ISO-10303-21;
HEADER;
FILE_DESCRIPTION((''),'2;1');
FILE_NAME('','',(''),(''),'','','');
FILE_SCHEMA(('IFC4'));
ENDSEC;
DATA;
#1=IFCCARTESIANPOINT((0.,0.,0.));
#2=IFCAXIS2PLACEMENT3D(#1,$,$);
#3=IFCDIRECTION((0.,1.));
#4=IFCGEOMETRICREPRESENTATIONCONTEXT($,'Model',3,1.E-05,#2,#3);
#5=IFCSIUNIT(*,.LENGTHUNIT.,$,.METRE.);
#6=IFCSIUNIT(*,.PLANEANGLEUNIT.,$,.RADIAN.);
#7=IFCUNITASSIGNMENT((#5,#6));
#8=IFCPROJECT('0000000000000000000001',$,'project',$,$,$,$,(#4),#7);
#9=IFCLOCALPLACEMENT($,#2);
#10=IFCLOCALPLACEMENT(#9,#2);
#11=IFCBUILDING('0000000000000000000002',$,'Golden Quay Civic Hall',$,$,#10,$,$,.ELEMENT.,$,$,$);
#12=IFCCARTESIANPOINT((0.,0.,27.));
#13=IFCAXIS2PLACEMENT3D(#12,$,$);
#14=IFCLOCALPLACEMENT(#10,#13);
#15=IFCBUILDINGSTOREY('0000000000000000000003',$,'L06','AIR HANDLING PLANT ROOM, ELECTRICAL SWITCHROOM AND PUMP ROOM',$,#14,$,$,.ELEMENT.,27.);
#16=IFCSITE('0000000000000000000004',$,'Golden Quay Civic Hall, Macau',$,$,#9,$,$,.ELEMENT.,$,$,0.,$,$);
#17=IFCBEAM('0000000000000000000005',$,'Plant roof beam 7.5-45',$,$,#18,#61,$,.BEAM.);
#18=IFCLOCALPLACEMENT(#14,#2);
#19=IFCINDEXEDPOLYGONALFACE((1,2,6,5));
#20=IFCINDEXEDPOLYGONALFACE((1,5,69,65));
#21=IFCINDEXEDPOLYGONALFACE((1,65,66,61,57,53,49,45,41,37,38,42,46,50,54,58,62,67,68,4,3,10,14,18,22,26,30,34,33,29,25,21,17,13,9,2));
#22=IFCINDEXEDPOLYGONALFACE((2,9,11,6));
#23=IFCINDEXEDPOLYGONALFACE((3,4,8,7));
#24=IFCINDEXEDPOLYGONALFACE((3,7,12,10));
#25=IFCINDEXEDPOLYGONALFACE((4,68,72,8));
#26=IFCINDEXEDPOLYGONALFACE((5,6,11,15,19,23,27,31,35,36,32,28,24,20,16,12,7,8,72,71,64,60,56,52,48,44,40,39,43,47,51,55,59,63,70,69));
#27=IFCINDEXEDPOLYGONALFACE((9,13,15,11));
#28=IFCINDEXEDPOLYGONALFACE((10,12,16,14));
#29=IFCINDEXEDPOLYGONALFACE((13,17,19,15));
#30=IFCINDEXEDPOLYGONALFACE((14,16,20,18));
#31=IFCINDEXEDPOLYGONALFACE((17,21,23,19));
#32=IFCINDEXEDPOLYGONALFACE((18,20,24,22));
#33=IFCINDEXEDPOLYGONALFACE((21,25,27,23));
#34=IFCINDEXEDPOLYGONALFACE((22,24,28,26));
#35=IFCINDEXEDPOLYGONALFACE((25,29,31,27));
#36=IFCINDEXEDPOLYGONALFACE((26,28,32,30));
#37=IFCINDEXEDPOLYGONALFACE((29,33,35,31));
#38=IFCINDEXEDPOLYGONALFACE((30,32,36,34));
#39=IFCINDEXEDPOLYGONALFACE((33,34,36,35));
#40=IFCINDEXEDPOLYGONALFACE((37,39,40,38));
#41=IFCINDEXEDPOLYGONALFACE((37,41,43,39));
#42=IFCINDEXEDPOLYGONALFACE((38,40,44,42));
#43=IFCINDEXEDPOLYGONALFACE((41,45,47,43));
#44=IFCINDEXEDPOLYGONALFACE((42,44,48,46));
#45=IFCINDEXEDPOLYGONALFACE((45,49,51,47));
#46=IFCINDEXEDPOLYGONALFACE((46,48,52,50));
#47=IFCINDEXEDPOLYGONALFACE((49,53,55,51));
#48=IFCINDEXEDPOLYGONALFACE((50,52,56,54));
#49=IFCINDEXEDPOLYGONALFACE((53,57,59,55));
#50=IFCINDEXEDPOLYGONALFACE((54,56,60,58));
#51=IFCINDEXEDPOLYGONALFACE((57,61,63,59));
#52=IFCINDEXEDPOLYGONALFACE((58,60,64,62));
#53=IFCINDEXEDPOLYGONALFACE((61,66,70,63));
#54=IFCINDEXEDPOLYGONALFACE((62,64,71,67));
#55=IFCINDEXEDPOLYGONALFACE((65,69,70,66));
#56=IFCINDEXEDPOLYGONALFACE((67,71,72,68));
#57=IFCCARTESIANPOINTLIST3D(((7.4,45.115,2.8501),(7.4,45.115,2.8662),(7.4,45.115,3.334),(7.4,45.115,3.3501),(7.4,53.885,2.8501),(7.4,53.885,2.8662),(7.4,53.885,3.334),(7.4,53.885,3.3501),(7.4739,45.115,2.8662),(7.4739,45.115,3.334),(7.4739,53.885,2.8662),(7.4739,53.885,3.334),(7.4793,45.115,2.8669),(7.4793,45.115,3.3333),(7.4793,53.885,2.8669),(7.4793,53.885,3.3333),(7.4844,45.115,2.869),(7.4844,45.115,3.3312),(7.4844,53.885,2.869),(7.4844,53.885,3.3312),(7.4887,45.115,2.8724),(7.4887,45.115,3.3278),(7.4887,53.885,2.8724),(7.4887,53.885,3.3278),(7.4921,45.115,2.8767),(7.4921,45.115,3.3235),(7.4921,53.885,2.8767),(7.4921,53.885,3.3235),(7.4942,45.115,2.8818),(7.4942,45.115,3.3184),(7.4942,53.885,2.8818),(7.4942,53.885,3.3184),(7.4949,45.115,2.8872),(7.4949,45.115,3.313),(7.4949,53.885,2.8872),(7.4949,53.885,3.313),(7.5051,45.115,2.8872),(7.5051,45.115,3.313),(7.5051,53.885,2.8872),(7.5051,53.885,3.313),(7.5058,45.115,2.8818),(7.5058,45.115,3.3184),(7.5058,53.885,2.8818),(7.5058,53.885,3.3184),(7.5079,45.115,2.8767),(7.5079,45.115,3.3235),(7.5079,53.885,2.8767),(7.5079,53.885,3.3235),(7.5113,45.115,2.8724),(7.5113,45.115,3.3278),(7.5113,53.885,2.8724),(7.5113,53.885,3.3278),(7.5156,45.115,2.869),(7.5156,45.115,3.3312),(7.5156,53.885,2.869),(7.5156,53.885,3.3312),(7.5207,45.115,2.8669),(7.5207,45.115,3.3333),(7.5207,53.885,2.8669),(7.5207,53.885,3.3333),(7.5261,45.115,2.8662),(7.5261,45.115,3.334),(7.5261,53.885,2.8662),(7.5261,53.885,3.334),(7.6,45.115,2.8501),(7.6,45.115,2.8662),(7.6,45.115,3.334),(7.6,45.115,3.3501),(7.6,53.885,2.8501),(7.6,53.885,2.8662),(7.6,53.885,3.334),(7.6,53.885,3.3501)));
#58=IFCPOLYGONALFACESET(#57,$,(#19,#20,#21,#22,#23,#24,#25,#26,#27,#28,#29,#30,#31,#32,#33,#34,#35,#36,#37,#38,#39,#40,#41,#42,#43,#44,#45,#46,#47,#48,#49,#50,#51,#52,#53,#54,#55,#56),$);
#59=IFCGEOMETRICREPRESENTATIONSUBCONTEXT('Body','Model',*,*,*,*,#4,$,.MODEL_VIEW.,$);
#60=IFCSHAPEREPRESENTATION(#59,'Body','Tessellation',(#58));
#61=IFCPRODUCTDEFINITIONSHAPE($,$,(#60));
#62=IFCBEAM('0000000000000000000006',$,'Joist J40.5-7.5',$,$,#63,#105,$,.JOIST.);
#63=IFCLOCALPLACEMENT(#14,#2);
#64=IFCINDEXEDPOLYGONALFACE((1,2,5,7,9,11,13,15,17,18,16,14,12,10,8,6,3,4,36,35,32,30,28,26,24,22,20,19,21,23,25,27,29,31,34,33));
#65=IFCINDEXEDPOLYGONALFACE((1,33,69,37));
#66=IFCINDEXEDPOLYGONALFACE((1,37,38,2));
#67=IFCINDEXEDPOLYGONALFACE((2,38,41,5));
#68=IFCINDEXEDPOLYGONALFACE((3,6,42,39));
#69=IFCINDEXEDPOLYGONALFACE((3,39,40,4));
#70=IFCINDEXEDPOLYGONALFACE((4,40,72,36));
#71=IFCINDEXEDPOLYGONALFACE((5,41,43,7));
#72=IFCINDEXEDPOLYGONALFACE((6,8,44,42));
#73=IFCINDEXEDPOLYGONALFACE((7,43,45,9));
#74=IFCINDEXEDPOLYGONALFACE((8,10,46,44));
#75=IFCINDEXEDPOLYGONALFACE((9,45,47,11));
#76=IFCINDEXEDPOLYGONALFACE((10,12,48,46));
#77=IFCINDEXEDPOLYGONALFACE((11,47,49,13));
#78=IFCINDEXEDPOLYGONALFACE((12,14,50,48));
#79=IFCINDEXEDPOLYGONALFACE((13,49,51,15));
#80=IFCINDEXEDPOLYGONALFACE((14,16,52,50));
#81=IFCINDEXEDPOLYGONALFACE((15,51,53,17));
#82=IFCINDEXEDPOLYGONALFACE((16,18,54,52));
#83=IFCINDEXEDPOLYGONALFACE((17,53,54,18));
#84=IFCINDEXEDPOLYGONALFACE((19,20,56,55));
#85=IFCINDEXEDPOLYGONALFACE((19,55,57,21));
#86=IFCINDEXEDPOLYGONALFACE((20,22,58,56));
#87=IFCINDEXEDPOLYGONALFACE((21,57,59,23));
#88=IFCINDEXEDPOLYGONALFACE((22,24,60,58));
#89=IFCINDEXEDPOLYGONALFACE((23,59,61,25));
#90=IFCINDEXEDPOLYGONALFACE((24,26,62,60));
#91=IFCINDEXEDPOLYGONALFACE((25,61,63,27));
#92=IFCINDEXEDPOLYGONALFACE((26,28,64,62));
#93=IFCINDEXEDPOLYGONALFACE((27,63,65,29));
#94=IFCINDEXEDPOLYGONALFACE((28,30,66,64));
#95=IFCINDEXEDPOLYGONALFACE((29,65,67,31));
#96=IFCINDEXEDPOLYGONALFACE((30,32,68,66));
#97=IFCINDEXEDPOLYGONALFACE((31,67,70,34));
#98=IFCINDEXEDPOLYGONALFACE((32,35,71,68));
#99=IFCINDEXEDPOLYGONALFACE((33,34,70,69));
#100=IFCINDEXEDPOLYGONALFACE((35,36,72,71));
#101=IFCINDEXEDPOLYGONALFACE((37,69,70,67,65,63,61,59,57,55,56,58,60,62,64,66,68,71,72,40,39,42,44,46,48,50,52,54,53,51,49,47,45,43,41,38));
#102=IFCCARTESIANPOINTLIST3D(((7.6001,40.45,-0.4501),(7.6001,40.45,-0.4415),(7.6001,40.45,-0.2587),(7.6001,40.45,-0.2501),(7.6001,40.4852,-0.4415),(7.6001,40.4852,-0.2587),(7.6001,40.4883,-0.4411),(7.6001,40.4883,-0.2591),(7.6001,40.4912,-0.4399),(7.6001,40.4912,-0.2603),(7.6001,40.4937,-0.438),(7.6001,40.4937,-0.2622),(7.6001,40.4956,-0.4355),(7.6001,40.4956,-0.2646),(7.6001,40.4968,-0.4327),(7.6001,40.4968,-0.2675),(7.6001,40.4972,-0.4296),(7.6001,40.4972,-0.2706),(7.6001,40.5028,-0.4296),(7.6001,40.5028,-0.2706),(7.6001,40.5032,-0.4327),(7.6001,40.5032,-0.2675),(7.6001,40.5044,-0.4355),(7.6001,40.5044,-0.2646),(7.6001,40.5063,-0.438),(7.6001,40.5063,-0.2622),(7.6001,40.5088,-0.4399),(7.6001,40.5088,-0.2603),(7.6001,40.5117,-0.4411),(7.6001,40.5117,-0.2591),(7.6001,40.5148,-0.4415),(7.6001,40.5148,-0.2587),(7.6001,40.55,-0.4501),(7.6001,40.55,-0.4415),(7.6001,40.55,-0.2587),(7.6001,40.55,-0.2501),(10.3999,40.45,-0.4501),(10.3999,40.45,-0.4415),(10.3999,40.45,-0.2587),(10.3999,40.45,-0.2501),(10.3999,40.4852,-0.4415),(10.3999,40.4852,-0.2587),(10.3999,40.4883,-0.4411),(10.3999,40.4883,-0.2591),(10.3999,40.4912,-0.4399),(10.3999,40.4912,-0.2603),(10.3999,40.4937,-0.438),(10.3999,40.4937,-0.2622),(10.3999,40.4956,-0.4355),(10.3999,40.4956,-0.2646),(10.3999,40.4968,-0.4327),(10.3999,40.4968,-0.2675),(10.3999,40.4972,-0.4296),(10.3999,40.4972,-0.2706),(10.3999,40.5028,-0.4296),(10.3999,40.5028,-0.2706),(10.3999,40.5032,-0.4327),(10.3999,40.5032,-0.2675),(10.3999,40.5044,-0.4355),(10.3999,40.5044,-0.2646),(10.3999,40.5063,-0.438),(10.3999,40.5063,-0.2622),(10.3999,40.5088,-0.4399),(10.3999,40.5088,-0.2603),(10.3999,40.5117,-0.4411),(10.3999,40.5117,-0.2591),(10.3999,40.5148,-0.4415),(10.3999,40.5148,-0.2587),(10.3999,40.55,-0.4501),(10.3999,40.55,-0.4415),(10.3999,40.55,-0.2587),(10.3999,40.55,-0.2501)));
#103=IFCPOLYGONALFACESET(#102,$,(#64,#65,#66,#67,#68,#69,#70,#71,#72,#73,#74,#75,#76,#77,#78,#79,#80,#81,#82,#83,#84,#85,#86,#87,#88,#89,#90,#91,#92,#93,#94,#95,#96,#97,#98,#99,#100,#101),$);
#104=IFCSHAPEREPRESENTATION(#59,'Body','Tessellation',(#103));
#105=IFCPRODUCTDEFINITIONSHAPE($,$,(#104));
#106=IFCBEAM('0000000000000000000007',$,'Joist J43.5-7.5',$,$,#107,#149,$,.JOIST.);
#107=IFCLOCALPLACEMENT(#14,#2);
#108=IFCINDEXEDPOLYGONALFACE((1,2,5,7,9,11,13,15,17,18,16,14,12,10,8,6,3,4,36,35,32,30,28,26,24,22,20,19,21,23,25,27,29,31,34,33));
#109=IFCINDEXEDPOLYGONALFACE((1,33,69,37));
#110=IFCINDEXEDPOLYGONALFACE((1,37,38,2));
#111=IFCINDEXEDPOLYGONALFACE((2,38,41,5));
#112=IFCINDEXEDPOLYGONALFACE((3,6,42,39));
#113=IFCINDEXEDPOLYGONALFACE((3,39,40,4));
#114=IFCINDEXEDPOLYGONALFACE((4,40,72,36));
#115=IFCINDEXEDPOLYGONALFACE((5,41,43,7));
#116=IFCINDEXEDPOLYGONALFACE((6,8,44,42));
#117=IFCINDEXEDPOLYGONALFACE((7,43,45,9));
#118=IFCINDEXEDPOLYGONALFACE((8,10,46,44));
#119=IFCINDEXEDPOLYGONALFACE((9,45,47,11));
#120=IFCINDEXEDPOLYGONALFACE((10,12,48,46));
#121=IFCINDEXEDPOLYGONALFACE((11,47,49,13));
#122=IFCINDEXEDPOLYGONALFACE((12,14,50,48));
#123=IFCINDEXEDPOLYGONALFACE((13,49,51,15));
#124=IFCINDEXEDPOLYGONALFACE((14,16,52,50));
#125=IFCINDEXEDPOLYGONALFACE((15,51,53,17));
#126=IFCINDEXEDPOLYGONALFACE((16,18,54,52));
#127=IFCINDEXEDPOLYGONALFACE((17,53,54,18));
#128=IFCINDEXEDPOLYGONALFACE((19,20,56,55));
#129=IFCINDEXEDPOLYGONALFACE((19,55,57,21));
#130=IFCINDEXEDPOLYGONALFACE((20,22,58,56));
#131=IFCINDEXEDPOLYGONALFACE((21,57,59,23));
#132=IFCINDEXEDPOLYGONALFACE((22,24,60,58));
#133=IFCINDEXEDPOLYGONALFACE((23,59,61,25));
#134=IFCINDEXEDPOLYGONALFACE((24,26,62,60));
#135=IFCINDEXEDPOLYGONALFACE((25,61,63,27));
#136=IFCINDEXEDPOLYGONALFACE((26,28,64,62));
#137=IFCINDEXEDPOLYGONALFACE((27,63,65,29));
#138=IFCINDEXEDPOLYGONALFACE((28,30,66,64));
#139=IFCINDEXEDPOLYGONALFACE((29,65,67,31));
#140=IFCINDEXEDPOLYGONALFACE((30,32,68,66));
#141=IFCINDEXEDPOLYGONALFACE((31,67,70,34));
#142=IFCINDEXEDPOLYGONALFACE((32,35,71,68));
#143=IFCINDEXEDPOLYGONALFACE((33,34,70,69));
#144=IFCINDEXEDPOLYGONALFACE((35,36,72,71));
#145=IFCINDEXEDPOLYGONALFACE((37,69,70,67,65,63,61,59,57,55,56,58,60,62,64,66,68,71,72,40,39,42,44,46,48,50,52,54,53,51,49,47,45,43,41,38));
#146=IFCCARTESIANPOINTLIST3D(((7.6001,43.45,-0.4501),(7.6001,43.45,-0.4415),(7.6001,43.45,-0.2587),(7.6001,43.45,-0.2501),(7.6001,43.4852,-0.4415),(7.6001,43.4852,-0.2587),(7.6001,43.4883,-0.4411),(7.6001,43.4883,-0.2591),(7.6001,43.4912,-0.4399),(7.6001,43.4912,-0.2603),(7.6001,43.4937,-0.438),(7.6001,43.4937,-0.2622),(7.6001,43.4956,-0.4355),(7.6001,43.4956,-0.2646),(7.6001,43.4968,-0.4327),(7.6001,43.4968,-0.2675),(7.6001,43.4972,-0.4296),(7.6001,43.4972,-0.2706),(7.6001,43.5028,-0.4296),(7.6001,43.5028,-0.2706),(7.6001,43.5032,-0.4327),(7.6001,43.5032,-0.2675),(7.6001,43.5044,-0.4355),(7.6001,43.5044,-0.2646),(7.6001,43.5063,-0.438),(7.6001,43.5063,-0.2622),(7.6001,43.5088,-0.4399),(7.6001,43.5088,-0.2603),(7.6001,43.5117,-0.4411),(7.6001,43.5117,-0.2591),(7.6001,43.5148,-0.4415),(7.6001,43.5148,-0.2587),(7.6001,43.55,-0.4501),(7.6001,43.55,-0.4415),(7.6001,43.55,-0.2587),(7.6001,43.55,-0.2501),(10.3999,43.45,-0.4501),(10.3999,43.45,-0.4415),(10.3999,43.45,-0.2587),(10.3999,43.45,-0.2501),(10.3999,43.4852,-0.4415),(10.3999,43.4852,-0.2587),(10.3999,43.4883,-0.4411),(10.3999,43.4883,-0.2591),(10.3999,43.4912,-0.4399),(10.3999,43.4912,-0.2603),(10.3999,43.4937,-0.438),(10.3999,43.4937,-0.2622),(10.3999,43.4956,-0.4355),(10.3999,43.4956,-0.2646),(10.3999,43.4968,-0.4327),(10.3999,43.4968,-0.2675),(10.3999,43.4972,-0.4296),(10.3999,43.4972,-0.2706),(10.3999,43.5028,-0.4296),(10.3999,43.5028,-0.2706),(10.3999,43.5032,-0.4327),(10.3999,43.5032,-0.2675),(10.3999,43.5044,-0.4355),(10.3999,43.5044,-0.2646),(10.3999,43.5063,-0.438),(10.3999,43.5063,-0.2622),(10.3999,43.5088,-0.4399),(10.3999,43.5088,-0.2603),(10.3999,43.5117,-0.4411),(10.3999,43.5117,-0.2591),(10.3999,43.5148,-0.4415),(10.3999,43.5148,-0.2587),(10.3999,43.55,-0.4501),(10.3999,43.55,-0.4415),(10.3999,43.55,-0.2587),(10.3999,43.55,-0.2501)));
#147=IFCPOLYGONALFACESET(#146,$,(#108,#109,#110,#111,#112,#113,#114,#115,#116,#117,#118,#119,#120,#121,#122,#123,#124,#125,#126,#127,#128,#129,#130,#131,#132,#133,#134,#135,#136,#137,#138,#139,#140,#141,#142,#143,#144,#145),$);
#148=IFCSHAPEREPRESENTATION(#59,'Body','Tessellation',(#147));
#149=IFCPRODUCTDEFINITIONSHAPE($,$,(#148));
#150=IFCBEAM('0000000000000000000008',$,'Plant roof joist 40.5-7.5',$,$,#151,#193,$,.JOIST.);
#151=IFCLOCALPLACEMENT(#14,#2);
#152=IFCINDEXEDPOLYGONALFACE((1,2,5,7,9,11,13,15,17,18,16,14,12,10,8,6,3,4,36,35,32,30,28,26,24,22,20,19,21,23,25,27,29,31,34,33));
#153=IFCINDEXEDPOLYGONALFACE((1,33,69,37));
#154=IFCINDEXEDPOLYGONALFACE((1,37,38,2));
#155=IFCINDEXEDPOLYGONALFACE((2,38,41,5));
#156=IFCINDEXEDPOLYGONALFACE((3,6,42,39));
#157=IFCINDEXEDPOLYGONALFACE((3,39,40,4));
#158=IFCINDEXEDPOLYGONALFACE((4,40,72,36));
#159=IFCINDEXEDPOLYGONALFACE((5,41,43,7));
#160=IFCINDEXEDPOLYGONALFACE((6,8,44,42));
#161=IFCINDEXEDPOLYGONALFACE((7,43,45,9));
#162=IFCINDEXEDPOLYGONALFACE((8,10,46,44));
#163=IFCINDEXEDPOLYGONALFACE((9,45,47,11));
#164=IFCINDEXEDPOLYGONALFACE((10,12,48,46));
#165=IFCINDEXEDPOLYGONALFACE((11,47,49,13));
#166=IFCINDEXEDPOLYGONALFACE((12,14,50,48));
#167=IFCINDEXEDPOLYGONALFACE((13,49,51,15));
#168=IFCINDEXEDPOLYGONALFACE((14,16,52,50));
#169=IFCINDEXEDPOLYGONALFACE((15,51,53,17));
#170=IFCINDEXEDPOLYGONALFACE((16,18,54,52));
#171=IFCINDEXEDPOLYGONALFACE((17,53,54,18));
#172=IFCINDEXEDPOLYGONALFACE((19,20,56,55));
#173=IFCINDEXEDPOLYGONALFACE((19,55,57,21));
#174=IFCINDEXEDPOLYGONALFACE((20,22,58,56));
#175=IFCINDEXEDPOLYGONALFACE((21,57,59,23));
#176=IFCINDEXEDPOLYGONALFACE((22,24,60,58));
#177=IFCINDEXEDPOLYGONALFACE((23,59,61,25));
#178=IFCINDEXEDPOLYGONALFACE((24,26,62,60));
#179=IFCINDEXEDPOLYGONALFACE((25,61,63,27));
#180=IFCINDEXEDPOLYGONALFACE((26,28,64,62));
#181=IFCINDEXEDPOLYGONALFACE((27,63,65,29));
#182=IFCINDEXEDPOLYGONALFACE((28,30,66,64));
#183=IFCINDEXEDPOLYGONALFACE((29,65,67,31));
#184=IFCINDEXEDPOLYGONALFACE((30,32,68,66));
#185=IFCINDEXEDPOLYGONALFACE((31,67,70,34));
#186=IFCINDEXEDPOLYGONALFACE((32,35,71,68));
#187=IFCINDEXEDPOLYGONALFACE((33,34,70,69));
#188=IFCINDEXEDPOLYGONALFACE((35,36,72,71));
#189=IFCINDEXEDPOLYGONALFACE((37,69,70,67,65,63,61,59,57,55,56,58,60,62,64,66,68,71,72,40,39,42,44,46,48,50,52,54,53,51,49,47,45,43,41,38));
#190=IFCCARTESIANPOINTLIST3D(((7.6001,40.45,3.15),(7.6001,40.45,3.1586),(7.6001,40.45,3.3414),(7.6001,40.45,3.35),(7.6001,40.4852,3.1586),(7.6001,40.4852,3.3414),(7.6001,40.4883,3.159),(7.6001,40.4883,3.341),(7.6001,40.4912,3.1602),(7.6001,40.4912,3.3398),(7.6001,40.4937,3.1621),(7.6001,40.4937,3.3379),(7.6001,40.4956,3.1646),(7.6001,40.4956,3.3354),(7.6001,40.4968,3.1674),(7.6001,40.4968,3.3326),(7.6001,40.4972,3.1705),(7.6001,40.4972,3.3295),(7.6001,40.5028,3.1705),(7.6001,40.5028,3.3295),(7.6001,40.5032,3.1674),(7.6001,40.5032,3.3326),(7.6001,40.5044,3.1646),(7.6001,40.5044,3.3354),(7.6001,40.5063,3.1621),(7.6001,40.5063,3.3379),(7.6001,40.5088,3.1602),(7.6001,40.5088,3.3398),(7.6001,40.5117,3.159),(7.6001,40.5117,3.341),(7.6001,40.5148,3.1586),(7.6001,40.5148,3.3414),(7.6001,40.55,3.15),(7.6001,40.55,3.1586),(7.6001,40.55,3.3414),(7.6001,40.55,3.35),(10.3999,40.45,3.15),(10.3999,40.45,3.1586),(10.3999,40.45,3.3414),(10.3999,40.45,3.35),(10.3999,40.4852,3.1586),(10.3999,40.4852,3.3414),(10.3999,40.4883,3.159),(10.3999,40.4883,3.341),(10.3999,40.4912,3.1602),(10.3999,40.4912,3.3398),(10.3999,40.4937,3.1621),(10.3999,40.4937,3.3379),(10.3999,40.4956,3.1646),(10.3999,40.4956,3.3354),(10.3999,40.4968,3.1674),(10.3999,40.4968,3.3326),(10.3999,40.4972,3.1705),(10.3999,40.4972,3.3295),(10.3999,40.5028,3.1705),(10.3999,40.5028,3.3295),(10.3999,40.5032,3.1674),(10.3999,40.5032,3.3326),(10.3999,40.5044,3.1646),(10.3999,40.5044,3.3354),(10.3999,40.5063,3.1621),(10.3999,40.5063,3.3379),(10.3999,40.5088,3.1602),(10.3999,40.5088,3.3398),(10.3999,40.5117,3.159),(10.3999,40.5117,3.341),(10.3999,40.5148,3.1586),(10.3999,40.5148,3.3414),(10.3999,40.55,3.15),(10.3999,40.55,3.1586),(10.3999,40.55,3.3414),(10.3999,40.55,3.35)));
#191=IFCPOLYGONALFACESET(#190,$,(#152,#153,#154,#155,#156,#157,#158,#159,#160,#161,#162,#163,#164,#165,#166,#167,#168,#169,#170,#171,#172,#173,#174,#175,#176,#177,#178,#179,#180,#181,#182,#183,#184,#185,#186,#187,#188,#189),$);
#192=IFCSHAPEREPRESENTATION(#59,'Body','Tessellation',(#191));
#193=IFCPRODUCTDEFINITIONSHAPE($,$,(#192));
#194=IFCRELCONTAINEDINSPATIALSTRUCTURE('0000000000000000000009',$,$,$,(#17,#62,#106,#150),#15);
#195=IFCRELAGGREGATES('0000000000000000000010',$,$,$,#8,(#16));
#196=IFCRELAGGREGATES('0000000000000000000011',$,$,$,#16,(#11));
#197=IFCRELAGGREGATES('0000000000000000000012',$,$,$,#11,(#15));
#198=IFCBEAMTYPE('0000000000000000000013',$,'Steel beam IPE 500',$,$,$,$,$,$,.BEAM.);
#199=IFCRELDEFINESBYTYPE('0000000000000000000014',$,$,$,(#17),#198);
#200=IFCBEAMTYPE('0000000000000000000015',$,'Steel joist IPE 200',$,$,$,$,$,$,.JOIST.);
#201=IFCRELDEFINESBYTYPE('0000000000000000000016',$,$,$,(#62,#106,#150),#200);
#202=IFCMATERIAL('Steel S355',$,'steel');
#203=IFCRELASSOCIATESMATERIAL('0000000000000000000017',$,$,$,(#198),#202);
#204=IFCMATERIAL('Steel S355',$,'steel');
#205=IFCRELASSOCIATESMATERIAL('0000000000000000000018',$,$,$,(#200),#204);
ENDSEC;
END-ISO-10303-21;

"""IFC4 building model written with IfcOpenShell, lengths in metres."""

from ifc_helpers import new_model, si_unit, direction, frame, origin, origin_2d, place, context, subcontext, project, spatial, i_section, extrude, material, material_profile, profile_set, type_object, element, save


model = new_model("IFC4")

# Units and contexts
model_context = context("Model", 3, precision=1e-05, world=origin(), true_north=direction((0.0, 1.0)))
body_context = subcontext(model_context, "Body", "Model", "MODEL_VIEW")
ifc_project = project(units=[si_unit("LENGTHUNIT", "METRE"), si_unit("PLANEANGLEUNIT", "RADIAN")], contexts=[model_context])

# Site, building, storey
site_placement = place(None, origin())
site = spatial("IfcSite", under=ifc_project, at=site_placement, Name="Golden Quay Civic Hall, Macau", CompositionType="ELEMENT", RefElevation=0.0)
building_placement = place(site_placement, origin())
building = spatial("IfcBuilding", under=site, at=building_placement, Name="Golden Quay Civic Hall", CompositionType="ELEMENT")
storey_placement = place(building_placement, frame((0.0, 0.0, 27.0)))
storey = spatial("IfcBuildingStorey", under=building, at=storey_placement, Name="L06", Description="AIR HANDLING PLANT ROOM, ELECTRICAL SWITCHROOM AND PUMP ROOM", CompositionType="ELEMENT", Elevation=27.0)

# Beams
ifc_material_1 = material(Name="Steel S355", Category="steel")
ifc_material_profile_1 = material_profile(ifc_material_1, i_section(OverallWidth=0.2, OverallDepth=0.5, WebThickness=0.0103, FlangeThickness=0.0161, FilletRadius=0.021, at=origin_2d()), Name="IPE 500")
ifc_profile_set_1 = profile_set([ifc_material_profile_1], Name="Steel S355")
beam_type_1 = type_object("IfcBeamType", Name="Steel beam IPE 500", PredefinedType="BEAM", material=ifc_profile_set_1)
for number, where, z_axis, x_axis, name in (
    (1, (7.5, 45.115, 3.1001), (0.0, 1.0, 0.0), (-1.0, 0.0, 0.0), "Plant roof beam 7.5-45"),
):
    element("IfcBeam", number, at=place(storey_placement, frame(where, z_axis=z_axis, x_axis=x_axis)), inside=storey, type_object=beam_type_1, Name=name, PredefinedType="BEAM", context=body_context, shape_type="SweptSolid", body=[
        extrude(i_section(OverallWidth=0.2, OverallDepth=0.5, WebThickness=0.0103, FlangeThickness=0.0161, FilletRadius=0.021, at=origin_2d()), origin(), (0.0, 0.0, 1.0), 8.77),
    ])
ifc_material_2 = material(Name="Steel S355", Category="steel")
ifc_material_profile_2 = material_profile(ifc_material_2, i_section(OverallWidth=0.1001, OverallDepth=0.2, WebThickness=0.0056, FlangeThickness=0.0085, FilletRadius=0.012, at=origin_2d()), Name="IPE 200")
ifc_profile_set_2 = profile_set([ifc_material_profile_2], Name="Steel S355")
beam_type_2 = type_object("IfcBeamType", Name="Steel joist IPE 200", PredefinedType="JOIST", material=ifc_profile_set_2)
for number, where, z_axis, x_axis, name in (
    (2, (7.6001, 40.5, -0.3501), (1.0, 0.0, 0.0), (0.0, 1.0, 0.0), "Joist J40.5-7.5"),
    (3, (7.6001, 43.5, -0.3501), (1.0, 0.0, 0.0), (0.0, 1.0, 0.0), "Joist J43.5-7.5"),
    (4, (7.6001, 40.5, 3.25), (1.0, 0.0, 0.0), (0.0, 1.0, 0.0), "Plant roof joist 40.5-7.5"),
):
    element("IfcBeam", number, at=place(storey_placement, frame(where, z_axis=z_axis, x_axis=x_axis)), inside=storey, type_object=beam_type_2, Name=name, PredefinedType="JOIST", context=body_context, shape_type="SweptSolid", body=[
        extrude(i_section(OverallWidth=0.1001, OverallDepth=0.2, WebThickness=0.0056, FlangeThickness=0.0085, FilletRadius=0.012, at=origin_2d()), origin(), (0.0, 0.0, 1.0), 2.7998),
    ])

save(model, "model.ifc")
